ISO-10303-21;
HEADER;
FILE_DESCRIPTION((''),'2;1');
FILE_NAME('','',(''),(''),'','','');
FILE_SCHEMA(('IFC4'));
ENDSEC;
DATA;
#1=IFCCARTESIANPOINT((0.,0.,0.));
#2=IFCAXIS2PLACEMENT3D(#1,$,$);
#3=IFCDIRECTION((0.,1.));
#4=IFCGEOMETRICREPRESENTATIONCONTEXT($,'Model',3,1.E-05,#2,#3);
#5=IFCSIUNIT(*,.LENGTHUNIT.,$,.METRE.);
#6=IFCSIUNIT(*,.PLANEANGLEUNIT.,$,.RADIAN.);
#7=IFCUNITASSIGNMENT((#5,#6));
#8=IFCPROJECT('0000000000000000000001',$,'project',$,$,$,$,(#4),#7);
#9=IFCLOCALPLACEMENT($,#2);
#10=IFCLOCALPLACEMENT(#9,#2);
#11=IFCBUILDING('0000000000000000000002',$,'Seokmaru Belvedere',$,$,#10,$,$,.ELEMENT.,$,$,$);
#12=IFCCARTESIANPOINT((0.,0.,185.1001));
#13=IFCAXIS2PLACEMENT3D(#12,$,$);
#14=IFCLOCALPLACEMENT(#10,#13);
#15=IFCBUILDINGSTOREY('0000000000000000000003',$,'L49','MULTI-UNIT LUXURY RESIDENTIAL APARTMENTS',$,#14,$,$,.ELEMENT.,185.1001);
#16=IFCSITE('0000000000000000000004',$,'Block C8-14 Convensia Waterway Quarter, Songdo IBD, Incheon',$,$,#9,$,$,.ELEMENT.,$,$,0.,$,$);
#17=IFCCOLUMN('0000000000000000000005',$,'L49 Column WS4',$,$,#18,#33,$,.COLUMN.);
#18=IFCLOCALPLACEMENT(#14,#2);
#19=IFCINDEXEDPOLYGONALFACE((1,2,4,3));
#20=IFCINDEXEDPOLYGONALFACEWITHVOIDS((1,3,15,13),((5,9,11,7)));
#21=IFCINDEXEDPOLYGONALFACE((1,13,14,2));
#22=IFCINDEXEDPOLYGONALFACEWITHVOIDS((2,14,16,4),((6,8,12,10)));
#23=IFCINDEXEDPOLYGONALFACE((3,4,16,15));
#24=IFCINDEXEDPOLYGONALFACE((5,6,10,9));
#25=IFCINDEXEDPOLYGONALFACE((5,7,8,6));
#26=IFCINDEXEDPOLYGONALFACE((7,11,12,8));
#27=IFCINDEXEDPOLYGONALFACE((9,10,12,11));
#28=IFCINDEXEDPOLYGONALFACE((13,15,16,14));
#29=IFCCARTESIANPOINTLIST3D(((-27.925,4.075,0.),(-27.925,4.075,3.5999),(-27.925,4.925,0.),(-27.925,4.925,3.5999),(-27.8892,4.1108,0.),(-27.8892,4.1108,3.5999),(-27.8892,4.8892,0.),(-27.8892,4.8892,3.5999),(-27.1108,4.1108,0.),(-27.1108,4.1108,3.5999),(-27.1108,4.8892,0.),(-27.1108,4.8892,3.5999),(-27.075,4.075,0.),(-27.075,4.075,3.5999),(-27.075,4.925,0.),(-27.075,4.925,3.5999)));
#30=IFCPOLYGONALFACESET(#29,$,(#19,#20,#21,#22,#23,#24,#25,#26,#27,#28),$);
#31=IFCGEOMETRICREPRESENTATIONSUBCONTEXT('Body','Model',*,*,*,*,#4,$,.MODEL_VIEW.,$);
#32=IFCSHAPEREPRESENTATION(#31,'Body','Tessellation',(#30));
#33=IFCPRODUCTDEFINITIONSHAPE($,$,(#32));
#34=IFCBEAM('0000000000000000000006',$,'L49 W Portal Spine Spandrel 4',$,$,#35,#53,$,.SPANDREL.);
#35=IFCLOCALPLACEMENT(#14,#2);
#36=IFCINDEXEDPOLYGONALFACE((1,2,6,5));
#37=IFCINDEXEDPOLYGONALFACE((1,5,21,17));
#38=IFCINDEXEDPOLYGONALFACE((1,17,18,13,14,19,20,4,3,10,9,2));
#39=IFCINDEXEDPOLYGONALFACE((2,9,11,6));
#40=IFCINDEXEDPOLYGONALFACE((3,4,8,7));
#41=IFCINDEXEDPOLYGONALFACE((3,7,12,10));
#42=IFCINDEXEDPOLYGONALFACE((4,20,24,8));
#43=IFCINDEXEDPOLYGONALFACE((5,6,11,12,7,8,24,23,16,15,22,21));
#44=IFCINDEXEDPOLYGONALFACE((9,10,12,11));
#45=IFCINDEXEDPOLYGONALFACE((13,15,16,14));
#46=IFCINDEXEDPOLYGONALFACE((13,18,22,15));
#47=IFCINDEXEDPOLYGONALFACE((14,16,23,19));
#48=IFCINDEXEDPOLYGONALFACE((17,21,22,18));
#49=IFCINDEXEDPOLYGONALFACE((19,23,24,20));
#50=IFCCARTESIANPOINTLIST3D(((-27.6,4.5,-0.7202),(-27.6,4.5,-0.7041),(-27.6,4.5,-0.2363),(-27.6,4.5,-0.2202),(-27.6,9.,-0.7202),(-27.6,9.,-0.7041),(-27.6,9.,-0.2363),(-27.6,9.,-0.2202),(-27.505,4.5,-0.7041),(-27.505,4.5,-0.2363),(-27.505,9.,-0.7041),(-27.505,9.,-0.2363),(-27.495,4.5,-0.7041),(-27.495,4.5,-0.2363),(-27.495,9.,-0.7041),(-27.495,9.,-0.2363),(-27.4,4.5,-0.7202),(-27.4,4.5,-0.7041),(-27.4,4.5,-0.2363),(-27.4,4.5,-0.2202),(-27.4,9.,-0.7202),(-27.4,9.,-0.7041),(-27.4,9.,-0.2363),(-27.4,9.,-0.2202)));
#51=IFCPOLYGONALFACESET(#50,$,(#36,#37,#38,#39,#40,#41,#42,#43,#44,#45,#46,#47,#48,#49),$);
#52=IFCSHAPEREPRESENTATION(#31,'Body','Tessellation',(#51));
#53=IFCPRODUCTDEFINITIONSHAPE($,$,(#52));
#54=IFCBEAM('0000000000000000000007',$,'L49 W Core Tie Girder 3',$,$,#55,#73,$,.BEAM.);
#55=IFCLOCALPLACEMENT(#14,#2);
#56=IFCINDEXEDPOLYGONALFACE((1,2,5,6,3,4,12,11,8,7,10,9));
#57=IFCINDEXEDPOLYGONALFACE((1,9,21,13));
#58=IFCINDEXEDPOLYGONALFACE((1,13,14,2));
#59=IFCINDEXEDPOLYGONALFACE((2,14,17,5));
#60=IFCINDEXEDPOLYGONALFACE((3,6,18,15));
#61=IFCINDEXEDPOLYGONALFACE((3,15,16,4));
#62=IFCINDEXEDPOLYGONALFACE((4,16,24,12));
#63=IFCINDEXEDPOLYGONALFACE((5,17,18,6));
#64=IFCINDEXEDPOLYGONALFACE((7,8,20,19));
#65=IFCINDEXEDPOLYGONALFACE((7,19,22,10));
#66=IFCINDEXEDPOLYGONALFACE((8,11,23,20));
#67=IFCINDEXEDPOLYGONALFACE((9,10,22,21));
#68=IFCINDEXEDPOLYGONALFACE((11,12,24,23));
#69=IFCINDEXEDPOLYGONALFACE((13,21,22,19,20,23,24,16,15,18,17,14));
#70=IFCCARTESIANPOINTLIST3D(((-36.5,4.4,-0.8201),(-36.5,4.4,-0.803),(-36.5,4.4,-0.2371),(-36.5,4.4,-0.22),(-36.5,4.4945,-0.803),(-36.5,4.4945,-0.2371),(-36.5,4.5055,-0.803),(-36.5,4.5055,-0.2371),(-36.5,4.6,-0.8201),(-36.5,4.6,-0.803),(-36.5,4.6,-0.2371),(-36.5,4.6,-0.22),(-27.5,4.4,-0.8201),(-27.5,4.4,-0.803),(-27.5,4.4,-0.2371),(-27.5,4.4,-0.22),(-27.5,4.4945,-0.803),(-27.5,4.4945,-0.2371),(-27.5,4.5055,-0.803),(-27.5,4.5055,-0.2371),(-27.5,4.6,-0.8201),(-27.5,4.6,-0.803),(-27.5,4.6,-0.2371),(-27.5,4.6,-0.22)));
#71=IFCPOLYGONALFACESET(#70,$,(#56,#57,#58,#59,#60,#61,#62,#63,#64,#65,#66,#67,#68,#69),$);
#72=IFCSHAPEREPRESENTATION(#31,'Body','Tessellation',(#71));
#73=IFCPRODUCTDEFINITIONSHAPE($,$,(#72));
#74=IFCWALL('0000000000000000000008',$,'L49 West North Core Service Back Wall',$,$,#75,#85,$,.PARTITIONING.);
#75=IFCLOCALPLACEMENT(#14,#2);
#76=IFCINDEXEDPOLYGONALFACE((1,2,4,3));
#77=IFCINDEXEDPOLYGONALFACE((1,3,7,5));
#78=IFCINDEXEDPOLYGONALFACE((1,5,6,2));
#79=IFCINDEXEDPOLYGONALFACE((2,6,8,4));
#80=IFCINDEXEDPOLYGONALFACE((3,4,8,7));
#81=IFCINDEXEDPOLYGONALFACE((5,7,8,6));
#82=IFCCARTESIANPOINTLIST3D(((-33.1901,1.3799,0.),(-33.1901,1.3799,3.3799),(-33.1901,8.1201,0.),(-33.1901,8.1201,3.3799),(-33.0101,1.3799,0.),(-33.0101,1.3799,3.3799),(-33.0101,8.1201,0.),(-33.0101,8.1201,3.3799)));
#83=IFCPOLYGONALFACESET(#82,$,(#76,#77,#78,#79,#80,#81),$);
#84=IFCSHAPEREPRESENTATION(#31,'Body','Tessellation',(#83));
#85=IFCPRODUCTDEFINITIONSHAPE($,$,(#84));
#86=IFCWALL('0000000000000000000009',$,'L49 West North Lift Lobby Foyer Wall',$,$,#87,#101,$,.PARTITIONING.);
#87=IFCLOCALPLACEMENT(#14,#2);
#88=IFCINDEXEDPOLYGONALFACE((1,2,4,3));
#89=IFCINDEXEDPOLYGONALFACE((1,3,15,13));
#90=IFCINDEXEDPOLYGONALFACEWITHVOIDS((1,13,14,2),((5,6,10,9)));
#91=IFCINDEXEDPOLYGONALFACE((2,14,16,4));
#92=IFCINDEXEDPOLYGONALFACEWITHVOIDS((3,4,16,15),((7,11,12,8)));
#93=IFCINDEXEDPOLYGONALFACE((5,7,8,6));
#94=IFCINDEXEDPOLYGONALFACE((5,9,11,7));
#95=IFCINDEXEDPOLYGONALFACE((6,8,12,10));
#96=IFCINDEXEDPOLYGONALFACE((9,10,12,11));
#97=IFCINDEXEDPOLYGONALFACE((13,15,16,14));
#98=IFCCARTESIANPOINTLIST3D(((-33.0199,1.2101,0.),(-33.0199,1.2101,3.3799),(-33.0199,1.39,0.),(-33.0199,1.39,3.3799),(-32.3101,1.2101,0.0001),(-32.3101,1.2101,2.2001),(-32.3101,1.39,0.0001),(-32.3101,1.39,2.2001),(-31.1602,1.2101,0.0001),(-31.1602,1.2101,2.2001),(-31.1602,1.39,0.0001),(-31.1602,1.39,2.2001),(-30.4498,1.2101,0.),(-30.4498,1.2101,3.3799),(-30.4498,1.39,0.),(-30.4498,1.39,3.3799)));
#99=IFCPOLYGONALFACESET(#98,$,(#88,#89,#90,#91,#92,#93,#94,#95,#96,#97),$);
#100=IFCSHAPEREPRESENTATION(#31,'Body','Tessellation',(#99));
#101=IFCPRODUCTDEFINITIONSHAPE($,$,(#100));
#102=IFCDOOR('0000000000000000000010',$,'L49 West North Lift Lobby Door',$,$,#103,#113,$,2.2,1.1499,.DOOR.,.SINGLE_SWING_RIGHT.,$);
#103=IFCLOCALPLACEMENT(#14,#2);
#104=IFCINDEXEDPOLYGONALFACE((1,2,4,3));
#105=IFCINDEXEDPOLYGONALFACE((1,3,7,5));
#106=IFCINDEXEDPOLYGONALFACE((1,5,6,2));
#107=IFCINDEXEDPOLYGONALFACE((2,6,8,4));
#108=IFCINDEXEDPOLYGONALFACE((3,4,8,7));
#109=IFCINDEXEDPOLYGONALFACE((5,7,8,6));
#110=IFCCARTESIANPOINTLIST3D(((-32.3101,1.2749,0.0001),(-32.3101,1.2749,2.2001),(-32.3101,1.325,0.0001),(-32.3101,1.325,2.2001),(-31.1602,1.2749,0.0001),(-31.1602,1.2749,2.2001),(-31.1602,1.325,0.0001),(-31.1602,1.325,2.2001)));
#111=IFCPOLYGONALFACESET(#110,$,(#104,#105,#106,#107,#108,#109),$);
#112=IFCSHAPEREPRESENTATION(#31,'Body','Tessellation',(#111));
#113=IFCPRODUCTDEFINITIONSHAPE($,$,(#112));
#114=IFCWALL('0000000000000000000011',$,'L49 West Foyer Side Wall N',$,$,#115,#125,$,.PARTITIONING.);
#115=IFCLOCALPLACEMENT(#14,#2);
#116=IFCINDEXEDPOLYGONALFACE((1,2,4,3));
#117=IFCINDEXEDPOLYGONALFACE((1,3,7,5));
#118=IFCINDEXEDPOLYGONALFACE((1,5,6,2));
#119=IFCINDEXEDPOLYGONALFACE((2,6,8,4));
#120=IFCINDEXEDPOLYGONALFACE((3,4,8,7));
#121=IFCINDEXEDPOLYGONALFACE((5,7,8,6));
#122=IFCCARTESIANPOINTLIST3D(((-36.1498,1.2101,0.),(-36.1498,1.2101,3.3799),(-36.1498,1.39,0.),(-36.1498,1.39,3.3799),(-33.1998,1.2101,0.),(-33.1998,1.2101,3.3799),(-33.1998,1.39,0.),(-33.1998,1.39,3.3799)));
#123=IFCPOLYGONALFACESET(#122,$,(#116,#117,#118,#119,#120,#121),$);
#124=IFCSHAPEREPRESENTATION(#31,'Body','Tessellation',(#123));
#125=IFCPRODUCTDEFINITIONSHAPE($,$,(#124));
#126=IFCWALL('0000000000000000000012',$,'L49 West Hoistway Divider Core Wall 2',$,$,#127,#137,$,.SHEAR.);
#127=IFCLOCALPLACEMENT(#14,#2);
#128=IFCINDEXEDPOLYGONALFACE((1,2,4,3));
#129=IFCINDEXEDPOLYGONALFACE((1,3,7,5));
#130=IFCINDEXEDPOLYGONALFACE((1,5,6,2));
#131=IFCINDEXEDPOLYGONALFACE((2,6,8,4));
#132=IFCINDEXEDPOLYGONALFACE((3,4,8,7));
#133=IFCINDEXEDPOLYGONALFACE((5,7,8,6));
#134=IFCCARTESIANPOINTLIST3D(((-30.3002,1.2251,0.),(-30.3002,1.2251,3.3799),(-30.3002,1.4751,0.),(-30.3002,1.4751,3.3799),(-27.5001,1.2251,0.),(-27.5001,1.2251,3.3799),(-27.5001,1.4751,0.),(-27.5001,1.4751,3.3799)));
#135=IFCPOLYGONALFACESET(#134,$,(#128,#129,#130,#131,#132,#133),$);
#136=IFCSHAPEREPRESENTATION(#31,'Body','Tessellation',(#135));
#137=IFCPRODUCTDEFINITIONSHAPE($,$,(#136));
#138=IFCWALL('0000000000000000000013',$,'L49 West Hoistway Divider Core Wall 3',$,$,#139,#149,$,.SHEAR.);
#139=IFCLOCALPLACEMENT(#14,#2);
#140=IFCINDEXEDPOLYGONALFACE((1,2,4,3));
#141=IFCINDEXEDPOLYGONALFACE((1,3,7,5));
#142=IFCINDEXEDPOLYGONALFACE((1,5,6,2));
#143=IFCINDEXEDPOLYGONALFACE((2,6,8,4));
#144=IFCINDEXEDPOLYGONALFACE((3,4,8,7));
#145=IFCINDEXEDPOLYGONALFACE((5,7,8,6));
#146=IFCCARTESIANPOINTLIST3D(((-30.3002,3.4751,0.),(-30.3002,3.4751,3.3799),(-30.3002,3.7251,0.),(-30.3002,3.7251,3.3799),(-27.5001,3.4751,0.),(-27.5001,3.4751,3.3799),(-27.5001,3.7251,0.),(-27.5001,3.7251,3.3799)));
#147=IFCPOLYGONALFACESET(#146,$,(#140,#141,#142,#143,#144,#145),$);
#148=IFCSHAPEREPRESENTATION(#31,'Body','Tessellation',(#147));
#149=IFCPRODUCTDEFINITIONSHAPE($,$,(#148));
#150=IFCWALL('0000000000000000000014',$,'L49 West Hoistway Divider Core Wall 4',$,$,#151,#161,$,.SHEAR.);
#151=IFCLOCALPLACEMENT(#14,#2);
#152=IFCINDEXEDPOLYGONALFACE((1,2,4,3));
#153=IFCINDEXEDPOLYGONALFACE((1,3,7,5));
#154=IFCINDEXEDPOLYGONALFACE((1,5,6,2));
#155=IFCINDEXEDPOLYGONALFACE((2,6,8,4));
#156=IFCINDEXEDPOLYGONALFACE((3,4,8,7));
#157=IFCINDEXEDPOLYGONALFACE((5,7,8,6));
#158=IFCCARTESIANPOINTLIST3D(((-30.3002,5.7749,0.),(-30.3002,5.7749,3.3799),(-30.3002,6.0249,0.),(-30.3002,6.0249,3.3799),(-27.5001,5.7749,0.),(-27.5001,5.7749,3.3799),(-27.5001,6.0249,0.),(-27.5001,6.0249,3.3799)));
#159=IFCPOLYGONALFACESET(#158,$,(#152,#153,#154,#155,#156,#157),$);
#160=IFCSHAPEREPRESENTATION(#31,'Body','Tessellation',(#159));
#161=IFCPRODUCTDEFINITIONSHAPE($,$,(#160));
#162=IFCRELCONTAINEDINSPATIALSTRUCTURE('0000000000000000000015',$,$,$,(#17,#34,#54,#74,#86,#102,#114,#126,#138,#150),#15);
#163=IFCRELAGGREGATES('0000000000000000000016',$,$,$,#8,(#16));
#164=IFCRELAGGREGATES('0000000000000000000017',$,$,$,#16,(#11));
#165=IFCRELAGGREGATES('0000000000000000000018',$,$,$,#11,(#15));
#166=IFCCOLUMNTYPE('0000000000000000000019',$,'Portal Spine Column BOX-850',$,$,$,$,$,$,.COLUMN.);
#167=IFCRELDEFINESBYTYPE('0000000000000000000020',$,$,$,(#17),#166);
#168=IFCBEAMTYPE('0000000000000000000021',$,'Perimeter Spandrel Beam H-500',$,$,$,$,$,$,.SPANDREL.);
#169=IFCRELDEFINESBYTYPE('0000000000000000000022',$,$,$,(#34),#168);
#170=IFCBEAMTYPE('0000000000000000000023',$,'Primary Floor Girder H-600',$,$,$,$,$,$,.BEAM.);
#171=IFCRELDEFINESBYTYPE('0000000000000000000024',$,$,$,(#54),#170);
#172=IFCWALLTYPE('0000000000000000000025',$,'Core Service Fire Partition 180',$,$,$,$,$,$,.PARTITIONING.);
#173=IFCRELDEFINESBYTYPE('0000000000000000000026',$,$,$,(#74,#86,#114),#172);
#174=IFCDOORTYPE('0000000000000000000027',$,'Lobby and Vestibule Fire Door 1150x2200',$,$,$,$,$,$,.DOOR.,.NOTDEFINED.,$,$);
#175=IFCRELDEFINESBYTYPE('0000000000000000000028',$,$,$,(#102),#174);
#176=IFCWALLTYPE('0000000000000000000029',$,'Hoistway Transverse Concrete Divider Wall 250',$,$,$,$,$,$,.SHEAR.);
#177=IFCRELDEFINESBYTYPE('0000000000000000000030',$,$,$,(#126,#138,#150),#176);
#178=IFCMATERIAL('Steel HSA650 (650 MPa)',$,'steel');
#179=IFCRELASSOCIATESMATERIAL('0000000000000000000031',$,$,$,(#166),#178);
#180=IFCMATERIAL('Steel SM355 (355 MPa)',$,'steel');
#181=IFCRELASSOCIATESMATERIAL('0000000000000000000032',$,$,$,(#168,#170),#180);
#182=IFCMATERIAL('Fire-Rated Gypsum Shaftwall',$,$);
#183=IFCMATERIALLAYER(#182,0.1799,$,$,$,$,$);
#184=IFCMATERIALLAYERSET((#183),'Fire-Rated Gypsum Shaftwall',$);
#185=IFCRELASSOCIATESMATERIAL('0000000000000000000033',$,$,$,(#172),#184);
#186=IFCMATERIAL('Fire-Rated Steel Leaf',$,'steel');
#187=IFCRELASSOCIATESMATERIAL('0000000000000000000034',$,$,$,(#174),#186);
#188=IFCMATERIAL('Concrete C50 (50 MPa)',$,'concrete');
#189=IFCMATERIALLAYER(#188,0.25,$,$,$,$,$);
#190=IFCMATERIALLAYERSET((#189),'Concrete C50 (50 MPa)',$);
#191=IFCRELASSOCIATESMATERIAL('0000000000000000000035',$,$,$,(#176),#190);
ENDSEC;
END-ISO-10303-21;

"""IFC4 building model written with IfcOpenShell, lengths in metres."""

from ifc_helpers import new_model, si_unit, direction, frame, frame_2d, origin, origin_2d, place, context, subcontext, project, spatial, rectangle, hollow_rectangle, i_section, extrude, source, transform, mapped, material, layer, layer_set, material_profile, profile_set, type_object, type_shapes, element, fill, save


model = new_model("IFC4")

# Units and contexts
model_context = context("Model", 3, precision=1e-05, world=origin(), true_north=direction((0.0, 1.0)))
body_context = subcontext(model_context, "Body", "Model", "MODEL_VIEW")
ifc_project = project(units=[si_unit("LENGTHUNIT", "METRE"), si_unit("PLANEANGLEUNIT", "RADIAN")], contexts=[model_context])

# Site, building, storey
site_placement = place(None, origin())
site = spatial("IfcSite", under=ifc_project, at=site_placement, Name="Block C8-14 Convensia Waterway Quarter, Songdo IBD, Incheon", CompositionType="ELEMENT", RefElevation=0.0)
building_placement = place(site_placement, origin())
building = spatial("IfcBuilding", under=site, at=building_placement, Name="Seokmaru Belvedere", CompositionType="ELEMENT")
storey_placement = place(building_placement, frame((0.0, 0.0, 185.1001)))
storey = spatial("IfcBuildingStorey", under=building, at=storey_placement, Name="L49", Description="MULTI-UNIT LUXURY RESIDENTIAL APARTMENTS", CompositionType="ELEMENT", Elevation=185.1001)

# Column
ifc_material_1 = material(Name="Steel HSA650 (650 MPa)", Category="steel")
ifc_material_profile_1 = material_profile(ifc_material_1, hollow_rectangle(XDim=0.8501, YDim=0.8501, WallThickness=0.0359, at=origin_2d()), Name="BOX-850x850x36")
ifc_profile_set_1 = profile_set([ifc_material_profile_1], Name="Steel HSA650 (650 MPa)")
column_type = type_object("IfcColumnType", Name="Portal Spine Column BOX-850", PredefinedType="COLUMN", material=ifc_profile_set_1)
shared_shape_1 = source(origin(), body_context, "Body", "SweptSolid", [
    extrude(hollow_rectangle(XDim=0.8501, YDim=0.8501, WallThickness=0.0359, at=origin_2d()), origin(), (0.0, 0.0, 1.0), 3.5999),
])
type_shapes(column_type, [shared_shape_1])
column_placement = place(storey_placement, frame((-27.5, 4.5, 0.0), z_axis=(0.0, 0.0, 1.0), x_axis=(1.0, 0.0, 0.0)))
element("IfcColumn", 1, at=column_placement, inside=storey, type_object=column_type, Name="L49 Column WS4", PredefinedType="COLUMN", context=body_context, shape_type="MappedRepresentation", body=[
    mapped(shared_shape_1, transform((0.0, 0.0, 0.0), scale=1.0)),
])

# Beams
ifc_material_2 = material(Name="Steel SM355 (355 MPa)", Category="steel")
ifc_material_profile_2 = material_profile(ifc_material_2, i_section(OverallWidth=0.2, OverallDepth=0.5, WebThickness=0.01, FlangeThickness=0.0161, at=origin_2d()), Name="H-500x200x10x16")
ifc_profile_set_2 = profile_set([ifc_material_profile_2], Name="Steel SM355 (355 MPa)")
beam_type_1 = type_object("IfcBeamType", Name="Perimeter Spandrel Beam H-500", PredefinedType="SPANDREL", material=ifc_profile_set_2)
shared_shape_2 = source(origin(), body_context, "Body", "SweptSolid", [
    extrude(i_section(OverallWidth=0.2, OverallDepth=0.5, WebThickness=0.01, FlangeThickness=0.0161, at=origin_2d()), origin(), (0.0, 0.0, 1.0), 4.5),
])
type_shapes(beam_type_1, [shared_shape_2])
beam_1_placement = place(storey_placement, frame((-27.5, 4.5, -0.4702), z_axis=(0.0, 1.0, 0.0), x_axis=(-1.0, 0.0, 0.0)))
element("IfcBeam", 2, at=beam_1_placement, inside=storey, type_object=beam_type_1, Name="L49 W Portal Spine Spandrel 4", PredefinedType="SPANDREL", context=body_context, shape_type="MappedRepresentation", body=[
    mapped(shared_shape_2, transform((0.0, 0.0, 0.0), scale=1.0)),
])
ifc_material_profile_3 = material_profile(ifc_material_2, i_section(OverallWidth=0.2, OverallDepth=0.6001, WebThickness=0.011, FlangeThickness=0.0171, at=origin_2d()), Name="H-600x200x11x17")
ifc_profile_set_3 = profile_set([ifc_material_profile_3], Name="Steel SM355 (355 MPa)")
beam_type_2 = type_object("IfcBeamType", Name="Primary Floor Girder H-600", PredefinedType="BEAM", material=ifc_profile_set_3)
shared_shape_3 = source(origin(), body_context, "Body", "SweptSolid", [
    extrude(i_section(OverallWidth=0.2, OverallDepth=0.6001, WebThickness=0.011, FlangeThickness=0.0171, at=origin_2d()), origin(), (0.0, 0.0, 1.0), 9.0),
])
type_shapes(beam_type_2, [shared_shape_3])
beam_2_placement = place(storey_placement, frame((-36.5, 4.5, -0.52), z_axis=(1.0, 0.0, 0.0), x_axis=(0.0, 1.0, 0.0)))
element("IfcBeam", 3, at=beam_2_placement, inside=storey, type_object=beam_type_2, Name="L49 W Core Tie Girder 3", PredefinedType="BEAM", context=body_context, shape_type="MappedRepresentation", body=[
    mapped(shared_shape_3, transform((0.0, 0.0, 0.0), scale=1.0)),
])

# Wall
ifc_material_3 = material(Name="Fire-Rated Gypsum Shaftwall")
ifc_layer_1 = layer(ifc_material_3, 0.1799)
ifc_layer_set_1 = layer_set([ifc_layer_1], Name="Fire-Rated Gypsum Shaftwall")
wall_type_1 = type_object("IfcWallType", Name="Core Service Fire Partition 180", PredefinedType="PARTITIONING", material=ifc_layer_set_1)
wall_1_placement = place(storey_placement, frame((-33.1001, 1.3799, 0.0), z_axis=(0.0, 0.0, 1.0), x_axis=(0.0, 1.0, 0.0)))
element("IfcWall", 4, at=wall_1_placement, inside=storey, type_object=wall_type_1, Name="L49 West North Core Service Back Wall", PredefinedType="PARTITIONING", context=body_context, shape_type="SweptSolid", body=[
    extrude(rectangle(XDim=6.7402, YDim=0.1799, at=frame_2d((3.3701, 0.0))), origin(), (0.0, 0.0, 1.0), 3.3799),
])

# Wall, opening, door
wall_2_placement = place(storey_placement, frame((-33.02, 1.3, 0.0), z_axis=(0.0, 0.0, 1.0), x_axis=(1.0, 0.0, 0.0)))
wall_2 = element("IfcWall", 5, at=wall_2_placement, inside=storey, type_object=wall_type_1, Name="L49 West North Lift Lobby Foyer Wall", PredefinedType="PARTITIONING", context=body_context, shape_type="SweptSolid", body=[
    extrude(rectangle(XDim=2.5701, YDim=0.1799, at=frame_2d((1.2852, 0.0))), origin(), (0.0, 0.0, 1.0), 3.3799),
])
opening_1_placement = place(wall_2_placement, frame((0.71, 0.0, 0.0)))
opening_1 = element("IfcOpeningElement", 6, at=opening_1_placement, cuts=wall_2, PredefinedType="OPENING", context=body_context, shape_type="SweptSolid", body=[
    extrude(rectangle(XDim=1.1499, YDim=2.2, at=frame_2d((0.575, 1.1001))), frame((0.0, 0.1001, 0.0), z_axis=(0.0, -1.0, 0.0), x_axis=(1.0, 0.0, 0.0)), (0.0, 0.0, 1.0), 0.2),
])
ifc_material_4 = material(Name="Fire-Rated Steel Leaf", Category="steel")
door_type_1 = type_object("IfcDoorType", Name="Lobby and Vestibule Fire Door 1150x2200", OperationType="NOTDEFINED", PredefinedType="DOOR", material=ifc_material_4)
shared_shape_4 = source(origin(), body_context, "Body", "SweptSolid", [
    extrude(rectangle(XDim=1.1499, YDim=2.2, at=frame_2d((0.575, 1.1001))), frame((0.0, 0.0249, 0.0), z_axis=(0.0, -1.0, 0.0), x_axis=(1.0, 0.0, 0.0)), (0.0, 0.0, 1.0), 0.05),
])
type_shapes(door_type_1, [shared_shape_4])
door_1_placement = place(opening_1_placement, origin())
door_1 = element("IfcDoor", 7, at=door_1_placement, inside=storey, type_object=door_type_1, Name="L49 West North Lift Lobby Door", OperationType="SINGLE_SWING_RIGHT", OverallHeight=2.2, OverallWidth=1.1499, PredefinedType="DOOR", context=body_context, shape_type="MappedRepresentation", body=[
    mapped(shared_shape_4, transform((0.0, 0.0, 0.0), scale=1.0)),
])
fill(opening_1, door_1)

# Walls
wall_3_placement = place(storey_placement, frame((-36.1499, 1.3, 0.0), z_axis=(0.0, 0.0, 1.0), x_axis=(1.0, 0.0, 0.0)))
element("IfcWall", 8, at=wall_3_placement, inside=storey, type_object=wall_type_1, Name="L49 West Foyer Side Wall N", PredefinedType="PARTITIONING", context=body_context, shape_type="SweptSolid", body=[
    extrude(rectangle(XDim=2.95, YDim=0.1799, at=frame_2d((1.4751, 0.0))), origin(), (0.0, 0.0, 1.0), 3.3799),
])
ifc_material_5 = material(Name="Concrete C50 (50 MPa)", Category="concrete")
ifc_layer_2 = layer(ifc_material_5, 0.25)
ifc_layer_set_2 = layer_set([ifc_layer_2], Name="Concrete C50 (50 MPa)")
wall_type_2 = type_object("IfcWallType", Name="Hoistway Transverse Concrete Divider Wall 250", PredefinedType="SHEAR", material=ifc_layer_set_2)
for number, where, z_axis, x_axis, name in (
    (9, (-30.3, 1.3501, 0.0), (0.0, 0.0, 1.0), (1.0, 0.0, 0.0), "L49 West Hoistway Divider Core Wall 2"),
    (10, (-30.3, 3.6001, 0.0), (0.0, 0.0, 1.0), (1.0, 0.0, 0.0), "L49 West Hoistway Divider Core Wall 3"),
    (11, (-30.3, 5.8999, 0.0), (0.0, 0.0, 1.0), (1.0, 0.0, 0.0), "L49 West Hoistway Divider Core Wall 4"),
):
    element("IfcWall", number, at=place(storey_placement, frame(where, z_axis=z_axis, x_axis=x_axis)), inside=storey, type_object=wall_type_2, Name=name, PredefinedType="SHEAR", context=body_context, shape_type="SweptSolid", body=[
        extrude(rectangle(XDim=2.8, YDim=0.25, at=frame_2d((1.3999, 0.0))), origin(), (0.0, 0.0, 1.0), 3.3799),
    ])

save(model, "model.ifc")
